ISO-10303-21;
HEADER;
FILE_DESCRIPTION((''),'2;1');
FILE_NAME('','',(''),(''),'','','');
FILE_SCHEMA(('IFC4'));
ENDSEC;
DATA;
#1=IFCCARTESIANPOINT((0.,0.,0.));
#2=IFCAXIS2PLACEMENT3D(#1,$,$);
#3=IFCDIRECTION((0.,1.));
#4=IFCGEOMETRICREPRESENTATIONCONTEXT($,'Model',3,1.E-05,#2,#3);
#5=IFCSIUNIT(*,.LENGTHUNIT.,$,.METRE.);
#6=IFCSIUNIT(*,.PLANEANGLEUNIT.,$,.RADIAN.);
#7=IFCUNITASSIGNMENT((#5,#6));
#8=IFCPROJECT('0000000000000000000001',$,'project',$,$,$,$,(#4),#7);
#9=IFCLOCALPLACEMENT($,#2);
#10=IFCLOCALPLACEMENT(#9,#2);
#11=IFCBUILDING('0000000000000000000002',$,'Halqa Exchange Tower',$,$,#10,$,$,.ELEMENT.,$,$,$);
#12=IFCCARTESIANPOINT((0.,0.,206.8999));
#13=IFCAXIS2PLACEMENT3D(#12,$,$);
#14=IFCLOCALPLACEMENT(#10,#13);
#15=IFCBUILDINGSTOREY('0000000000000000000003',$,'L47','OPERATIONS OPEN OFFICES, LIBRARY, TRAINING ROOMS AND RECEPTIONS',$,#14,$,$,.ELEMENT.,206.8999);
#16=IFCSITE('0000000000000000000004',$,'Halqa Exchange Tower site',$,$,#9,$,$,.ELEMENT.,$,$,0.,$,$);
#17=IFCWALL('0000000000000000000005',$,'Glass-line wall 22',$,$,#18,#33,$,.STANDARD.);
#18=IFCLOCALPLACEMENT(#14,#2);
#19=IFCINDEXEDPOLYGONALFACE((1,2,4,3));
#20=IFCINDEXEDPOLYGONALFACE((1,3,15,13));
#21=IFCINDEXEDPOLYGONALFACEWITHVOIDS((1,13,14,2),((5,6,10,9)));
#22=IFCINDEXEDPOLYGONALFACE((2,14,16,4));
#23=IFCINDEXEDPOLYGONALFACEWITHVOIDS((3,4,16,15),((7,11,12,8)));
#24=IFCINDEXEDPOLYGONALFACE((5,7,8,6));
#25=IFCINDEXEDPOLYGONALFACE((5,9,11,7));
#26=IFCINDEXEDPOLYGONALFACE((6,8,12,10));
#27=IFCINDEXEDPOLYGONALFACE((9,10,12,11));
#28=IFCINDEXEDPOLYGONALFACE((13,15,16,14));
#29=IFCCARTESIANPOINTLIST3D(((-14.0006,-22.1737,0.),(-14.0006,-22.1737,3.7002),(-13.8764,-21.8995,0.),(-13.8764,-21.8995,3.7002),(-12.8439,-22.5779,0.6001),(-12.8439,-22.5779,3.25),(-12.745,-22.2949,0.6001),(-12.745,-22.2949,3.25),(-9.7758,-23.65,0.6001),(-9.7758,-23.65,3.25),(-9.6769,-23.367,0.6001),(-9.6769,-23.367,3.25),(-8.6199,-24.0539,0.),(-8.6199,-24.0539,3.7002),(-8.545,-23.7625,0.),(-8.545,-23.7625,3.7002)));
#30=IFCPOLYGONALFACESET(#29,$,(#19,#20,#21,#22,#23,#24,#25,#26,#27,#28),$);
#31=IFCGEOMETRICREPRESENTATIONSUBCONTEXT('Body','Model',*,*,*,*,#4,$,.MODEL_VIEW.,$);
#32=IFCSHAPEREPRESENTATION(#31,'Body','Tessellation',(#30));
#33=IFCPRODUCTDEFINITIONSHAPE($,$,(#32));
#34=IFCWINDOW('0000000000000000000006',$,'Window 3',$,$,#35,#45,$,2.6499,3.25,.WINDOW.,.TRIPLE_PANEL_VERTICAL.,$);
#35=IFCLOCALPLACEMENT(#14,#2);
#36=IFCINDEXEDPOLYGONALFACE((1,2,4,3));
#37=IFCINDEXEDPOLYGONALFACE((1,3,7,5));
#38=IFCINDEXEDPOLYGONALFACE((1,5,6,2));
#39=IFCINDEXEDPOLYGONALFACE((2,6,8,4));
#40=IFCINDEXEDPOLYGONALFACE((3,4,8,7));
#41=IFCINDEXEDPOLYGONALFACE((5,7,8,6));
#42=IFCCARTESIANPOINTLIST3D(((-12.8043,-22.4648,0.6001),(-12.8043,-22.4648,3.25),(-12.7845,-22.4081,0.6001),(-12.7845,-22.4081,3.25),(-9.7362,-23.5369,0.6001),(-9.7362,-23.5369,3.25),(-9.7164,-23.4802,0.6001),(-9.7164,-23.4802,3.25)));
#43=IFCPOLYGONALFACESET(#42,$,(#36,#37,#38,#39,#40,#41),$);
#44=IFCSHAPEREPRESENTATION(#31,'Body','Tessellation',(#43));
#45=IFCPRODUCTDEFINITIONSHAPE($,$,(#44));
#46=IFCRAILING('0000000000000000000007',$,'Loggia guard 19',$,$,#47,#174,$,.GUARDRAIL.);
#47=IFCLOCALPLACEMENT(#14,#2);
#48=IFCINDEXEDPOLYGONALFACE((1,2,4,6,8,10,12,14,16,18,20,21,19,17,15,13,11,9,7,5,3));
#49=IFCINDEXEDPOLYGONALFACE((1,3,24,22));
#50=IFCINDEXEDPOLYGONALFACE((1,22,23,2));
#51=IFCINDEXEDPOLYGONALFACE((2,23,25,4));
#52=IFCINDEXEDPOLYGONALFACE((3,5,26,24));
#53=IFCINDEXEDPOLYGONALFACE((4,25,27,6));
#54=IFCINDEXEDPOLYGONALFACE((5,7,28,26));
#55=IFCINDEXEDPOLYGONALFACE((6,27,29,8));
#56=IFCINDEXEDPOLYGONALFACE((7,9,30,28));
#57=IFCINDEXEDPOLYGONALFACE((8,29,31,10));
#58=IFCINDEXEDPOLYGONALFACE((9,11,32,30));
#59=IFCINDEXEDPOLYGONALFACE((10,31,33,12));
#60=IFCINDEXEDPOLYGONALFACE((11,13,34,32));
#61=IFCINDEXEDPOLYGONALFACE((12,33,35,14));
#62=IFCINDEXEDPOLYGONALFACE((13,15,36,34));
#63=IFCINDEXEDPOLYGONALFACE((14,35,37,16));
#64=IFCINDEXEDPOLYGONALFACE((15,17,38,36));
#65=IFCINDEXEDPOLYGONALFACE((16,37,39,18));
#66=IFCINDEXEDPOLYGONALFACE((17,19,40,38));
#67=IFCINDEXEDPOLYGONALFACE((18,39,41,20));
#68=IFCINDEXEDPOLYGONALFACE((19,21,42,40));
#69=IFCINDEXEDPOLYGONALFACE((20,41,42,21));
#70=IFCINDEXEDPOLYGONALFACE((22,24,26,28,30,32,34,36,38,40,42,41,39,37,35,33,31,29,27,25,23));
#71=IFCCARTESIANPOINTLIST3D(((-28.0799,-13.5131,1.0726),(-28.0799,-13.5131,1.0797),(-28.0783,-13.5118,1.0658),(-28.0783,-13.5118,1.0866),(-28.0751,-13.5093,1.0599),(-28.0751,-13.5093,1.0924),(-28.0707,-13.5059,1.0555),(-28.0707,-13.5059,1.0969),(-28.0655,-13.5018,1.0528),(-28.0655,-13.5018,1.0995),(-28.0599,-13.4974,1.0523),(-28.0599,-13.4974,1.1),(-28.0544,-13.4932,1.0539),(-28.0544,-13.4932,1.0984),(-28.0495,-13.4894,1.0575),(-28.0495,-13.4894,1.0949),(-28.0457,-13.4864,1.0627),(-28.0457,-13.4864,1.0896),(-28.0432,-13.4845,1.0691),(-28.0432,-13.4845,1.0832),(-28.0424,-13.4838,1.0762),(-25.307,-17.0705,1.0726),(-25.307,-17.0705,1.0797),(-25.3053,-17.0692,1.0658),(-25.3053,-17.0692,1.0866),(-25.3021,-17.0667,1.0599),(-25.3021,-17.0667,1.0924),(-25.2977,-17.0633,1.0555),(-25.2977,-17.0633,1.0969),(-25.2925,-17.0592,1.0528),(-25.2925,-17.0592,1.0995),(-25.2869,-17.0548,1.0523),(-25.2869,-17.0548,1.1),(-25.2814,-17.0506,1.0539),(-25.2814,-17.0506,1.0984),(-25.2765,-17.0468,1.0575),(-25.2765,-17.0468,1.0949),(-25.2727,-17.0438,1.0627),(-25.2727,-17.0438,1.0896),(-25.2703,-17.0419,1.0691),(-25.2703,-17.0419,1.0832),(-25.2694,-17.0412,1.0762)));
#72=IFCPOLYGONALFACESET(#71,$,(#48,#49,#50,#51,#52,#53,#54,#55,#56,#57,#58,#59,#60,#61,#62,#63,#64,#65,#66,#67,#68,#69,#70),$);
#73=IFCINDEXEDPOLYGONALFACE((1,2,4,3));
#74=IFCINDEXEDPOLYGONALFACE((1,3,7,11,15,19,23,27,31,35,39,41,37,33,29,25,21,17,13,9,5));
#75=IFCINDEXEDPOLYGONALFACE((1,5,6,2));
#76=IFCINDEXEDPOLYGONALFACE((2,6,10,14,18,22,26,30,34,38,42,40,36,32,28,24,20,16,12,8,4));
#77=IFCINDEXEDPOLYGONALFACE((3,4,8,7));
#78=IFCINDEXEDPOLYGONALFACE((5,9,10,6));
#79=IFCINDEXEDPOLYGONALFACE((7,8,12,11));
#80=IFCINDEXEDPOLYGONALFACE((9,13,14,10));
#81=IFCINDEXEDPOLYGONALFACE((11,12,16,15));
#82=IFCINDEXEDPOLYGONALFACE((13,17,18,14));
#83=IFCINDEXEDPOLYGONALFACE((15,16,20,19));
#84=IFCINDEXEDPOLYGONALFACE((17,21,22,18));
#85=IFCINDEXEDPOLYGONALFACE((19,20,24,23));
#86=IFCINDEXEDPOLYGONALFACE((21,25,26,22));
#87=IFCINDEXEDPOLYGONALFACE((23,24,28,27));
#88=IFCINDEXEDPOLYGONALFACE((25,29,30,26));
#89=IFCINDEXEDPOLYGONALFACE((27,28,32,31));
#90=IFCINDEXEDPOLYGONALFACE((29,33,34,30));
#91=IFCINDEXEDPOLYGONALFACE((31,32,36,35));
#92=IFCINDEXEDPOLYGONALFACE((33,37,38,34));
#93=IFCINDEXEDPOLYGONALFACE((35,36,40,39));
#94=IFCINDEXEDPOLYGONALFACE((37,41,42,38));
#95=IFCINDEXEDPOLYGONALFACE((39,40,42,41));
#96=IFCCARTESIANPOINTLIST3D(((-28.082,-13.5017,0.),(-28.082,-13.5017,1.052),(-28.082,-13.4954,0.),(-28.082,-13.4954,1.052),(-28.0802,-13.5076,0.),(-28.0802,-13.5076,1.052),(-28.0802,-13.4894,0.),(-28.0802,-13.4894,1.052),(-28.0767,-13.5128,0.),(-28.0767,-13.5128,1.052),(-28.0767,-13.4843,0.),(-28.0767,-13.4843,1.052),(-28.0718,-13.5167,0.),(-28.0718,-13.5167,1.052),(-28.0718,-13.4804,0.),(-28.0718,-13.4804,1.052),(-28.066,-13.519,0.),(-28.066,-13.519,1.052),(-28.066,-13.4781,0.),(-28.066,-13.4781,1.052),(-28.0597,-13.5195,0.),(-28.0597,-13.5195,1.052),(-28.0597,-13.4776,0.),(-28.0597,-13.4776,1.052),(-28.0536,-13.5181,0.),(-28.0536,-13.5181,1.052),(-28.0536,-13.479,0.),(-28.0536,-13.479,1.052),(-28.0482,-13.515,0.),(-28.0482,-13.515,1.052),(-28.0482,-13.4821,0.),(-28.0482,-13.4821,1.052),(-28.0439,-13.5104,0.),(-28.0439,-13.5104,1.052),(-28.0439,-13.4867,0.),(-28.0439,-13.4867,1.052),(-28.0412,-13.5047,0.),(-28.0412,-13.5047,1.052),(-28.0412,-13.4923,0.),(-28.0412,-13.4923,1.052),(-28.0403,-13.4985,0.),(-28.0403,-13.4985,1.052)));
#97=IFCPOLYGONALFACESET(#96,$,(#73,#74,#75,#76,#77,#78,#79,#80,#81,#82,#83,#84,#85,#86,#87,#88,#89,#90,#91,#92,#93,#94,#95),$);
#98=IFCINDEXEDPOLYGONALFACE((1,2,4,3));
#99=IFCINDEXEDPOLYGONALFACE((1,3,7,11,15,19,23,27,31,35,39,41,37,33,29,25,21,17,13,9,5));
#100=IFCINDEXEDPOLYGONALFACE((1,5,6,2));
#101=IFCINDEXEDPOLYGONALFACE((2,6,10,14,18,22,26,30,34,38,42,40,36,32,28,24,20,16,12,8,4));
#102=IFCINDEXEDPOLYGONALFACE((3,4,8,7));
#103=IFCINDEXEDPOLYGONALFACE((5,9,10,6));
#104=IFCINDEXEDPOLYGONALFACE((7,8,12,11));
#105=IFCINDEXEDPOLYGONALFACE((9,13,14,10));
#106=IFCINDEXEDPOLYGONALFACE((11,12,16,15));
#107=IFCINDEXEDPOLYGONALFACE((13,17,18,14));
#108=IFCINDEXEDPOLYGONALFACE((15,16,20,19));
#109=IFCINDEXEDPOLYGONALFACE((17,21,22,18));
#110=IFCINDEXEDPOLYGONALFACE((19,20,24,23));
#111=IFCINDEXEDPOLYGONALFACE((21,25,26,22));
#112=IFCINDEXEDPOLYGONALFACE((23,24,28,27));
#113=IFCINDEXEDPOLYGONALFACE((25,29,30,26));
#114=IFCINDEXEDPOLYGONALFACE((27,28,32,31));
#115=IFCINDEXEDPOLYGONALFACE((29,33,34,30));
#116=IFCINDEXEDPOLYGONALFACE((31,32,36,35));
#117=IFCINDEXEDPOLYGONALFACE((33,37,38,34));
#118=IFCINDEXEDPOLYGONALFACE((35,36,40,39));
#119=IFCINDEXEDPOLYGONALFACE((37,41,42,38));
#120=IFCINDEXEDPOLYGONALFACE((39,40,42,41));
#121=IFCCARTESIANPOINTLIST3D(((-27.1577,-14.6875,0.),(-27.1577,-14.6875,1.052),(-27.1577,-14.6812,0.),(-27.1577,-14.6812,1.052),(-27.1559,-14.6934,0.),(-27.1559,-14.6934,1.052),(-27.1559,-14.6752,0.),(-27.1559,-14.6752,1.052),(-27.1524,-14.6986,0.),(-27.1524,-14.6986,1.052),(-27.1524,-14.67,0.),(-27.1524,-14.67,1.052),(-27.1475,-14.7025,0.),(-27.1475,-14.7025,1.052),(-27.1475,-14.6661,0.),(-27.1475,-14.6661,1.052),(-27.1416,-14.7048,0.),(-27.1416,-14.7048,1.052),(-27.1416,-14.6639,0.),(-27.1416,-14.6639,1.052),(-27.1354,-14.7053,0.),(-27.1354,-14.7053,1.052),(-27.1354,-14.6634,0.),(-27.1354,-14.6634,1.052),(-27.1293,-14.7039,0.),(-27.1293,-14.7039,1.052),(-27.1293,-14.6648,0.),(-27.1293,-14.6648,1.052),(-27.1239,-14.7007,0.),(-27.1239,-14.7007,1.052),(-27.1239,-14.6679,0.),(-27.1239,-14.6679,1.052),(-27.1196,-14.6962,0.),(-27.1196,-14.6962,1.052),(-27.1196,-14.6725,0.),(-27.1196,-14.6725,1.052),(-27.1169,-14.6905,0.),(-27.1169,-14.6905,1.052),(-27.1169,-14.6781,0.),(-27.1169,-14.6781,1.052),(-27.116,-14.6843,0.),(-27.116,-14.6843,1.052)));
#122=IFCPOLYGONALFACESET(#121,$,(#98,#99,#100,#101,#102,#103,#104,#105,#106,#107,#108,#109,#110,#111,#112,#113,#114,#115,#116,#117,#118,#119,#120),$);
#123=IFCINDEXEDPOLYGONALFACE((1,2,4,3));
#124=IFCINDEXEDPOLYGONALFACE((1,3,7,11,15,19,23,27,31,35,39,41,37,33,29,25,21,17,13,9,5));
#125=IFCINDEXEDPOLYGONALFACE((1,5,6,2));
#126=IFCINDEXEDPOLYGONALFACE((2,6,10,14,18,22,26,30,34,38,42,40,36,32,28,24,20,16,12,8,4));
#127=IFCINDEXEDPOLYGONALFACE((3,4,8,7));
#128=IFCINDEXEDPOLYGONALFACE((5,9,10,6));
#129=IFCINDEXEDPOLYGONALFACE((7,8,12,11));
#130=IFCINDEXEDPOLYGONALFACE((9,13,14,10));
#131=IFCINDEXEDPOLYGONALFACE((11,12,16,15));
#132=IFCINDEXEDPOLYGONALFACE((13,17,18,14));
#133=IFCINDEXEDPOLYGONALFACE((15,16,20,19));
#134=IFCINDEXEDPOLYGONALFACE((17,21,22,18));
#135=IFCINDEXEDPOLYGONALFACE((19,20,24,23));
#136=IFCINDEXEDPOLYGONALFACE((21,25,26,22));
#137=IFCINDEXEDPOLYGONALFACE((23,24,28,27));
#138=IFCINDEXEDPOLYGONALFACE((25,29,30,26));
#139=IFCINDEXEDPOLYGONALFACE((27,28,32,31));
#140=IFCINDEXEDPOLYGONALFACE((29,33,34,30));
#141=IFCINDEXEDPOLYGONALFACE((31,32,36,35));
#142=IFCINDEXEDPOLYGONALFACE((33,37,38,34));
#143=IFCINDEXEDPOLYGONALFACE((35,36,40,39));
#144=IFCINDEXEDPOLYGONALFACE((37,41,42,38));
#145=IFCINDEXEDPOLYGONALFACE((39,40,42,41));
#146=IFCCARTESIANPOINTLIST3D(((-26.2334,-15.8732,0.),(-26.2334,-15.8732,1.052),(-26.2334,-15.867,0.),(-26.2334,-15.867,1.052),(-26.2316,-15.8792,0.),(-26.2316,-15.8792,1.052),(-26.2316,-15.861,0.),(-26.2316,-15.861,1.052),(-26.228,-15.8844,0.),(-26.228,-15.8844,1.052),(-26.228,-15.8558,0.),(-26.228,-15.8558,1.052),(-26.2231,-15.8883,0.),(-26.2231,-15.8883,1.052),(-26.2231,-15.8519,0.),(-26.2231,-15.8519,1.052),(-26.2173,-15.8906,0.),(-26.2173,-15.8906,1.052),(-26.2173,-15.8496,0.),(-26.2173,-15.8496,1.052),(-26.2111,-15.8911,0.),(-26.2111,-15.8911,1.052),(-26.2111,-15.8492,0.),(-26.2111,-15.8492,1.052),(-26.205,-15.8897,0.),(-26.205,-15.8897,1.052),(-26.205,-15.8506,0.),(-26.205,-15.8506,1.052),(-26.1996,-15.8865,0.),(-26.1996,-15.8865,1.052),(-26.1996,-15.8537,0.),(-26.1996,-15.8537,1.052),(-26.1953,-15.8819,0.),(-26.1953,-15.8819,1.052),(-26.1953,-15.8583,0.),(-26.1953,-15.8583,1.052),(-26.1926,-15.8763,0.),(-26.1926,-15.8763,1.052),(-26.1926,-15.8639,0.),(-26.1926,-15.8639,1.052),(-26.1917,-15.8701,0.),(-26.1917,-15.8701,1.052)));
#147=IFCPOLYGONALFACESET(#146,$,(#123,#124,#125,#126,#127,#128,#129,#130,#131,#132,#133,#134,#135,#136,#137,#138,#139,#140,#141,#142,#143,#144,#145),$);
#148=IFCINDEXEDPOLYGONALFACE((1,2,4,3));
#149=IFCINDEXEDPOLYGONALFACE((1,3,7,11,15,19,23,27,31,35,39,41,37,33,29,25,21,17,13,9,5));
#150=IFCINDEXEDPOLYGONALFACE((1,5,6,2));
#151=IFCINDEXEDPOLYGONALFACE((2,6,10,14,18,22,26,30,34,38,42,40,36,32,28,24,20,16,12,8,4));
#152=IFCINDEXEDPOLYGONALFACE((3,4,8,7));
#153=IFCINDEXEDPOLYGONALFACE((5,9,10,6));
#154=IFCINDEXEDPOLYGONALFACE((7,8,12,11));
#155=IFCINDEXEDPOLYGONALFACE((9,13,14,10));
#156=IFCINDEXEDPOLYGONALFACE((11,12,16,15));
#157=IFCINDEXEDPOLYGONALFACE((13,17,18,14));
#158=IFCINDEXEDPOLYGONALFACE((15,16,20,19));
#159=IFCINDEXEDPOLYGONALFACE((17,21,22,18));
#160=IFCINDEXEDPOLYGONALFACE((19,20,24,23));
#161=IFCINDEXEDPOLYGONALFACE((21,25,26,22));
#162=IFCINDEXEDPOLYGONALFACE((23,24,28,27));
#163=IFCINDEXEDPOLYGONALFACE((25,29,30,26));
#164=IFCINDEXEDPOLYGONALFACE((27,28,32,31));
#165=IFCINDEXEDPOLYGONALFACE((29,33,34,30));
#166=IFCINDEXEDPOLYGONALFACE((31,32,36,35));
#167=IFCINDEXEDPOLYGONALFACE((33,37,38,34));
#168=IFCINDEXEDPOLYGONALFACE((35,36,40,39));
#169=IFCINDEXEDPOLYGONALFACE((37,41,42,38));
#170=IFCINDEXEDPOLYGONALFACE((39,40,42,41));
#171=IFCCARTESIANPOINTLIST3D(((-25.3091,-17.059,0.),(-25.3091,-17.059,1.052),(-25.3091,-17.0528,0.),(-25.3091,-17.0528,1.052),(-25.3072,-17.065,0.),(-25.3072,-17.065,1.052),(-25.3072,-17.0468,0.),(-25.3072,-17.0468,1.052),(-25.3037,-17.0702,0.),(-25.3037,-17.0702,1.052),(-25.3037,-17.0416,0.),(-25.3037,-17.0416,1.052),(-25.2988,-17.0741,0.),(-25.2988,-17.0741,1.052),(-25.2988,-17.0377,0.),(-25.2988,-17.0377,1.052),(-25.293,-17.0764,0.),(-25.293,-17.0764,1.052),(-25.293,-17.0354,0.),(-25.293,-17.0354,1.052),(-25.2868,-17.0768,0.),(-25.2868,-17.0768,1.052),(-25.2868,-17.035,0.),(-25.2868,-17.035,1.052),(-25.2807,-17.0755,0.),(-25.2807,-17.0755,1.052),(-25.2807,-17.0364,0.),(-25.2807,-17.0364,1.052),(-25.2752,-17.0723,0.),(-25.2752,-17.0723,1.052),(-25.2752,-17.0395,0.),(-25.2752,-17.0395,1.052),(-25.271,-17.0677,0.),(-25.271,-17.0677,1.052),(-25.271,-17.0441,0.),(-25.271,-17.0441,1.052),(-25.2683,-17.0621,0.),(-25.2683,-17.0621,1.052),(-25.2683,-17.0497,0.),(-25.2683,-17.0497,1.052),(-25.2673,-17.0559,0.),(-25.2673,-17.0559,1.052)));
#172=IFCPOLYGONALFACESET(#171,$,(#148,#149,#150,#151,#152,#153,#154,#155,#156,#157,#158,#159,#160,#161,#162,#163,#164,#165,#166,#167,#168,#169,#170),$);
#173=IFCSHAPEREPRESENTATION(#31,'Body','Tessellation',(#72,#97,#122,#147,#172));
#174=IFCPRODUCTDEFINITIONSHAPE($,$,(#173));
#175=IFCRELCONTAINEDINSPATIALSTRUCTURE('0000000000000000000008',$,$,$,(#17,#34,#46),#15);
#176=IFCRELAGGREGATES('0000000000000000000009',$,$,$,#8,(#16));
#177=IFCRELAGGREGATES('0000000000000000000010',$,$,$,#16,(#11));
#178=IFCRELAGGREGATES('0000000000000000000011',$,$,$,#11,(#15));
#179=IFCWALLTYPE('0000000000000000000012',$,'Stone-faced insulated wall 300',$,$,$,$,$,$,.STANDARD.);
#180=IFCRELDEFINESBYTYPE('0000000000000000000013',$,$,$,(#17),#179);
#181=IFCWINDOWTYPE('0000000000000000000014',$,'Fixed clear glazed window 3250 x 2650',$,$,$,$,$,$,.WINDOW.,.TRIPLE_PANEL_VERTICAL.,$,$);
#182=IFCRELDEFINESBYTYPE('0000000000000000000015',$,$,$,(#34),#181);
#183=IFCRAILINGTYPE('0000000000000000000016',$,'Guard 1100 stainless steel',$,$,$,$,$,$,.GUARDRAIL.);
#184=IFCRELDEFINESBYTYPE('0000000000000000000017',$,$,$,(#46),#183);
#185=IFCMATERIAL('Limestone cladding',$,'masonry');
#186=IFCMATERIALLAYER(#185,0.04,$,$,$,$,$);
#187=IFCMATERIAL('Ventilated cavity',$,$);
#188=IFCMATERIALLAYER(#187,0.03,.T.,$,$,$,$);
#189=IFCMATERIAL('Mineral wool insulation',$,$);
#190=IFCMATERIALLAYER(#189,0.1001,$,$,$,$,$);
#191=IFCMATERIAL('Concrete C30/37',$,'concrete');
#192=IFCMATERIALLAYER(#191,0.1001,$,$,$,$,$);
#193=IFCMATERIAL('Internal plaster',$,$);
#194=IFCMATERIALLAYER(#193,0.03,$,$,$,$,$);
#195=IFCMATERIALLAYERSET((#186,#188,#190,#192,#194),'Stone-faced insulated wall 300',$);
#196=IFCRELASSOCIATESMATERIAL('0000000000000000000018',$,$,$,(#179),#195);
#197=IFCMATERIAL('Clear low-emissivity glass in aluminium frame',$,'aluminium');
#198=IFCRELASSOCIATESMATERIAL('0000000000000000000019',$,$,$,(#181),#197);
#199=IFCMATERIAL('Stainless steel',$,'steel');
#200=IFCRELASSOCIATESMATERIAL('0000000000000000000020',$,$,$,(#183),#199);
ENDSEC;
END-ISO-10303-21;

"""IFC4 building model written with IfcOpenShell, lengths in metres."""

from ifc_helpers import new_model, si_unit, direction, frame, frame_2d, origin, origin_2d, place, context, subcontext, project, spatial, polyline, rectangle, circle, outline, extrude, material, layer, layer_set, type_object, element, fill, save


model = new_model("IFC4")

# Units and contexts
model_context = context("Model", 3, precision=1e-05, world=origin(), true_north=direction((0.0, 1.0)))
body_context = subcontext(model_context, "Body", "Model", "MODEL_VIEW")
ifc_project = project(units=[si_unit("LENGTHUNIT", "METRE"), si_unit("PLANEANGLEUNIT", "RADIAN")], contexts=[model_context])

# Site, building, storey
site_placement = place(None, origin())
site = spatial("IfcSite", under=ifc_project, at=site_placement, Name="Halqa Exchange Tower site", CompositionType="ELEMENT", RefElevation=0.0)
building_placement = place(site_placement, origin())
building = spatial("IfcBuilding", under=site, at=building_placement, Name="Halqa Exchange Tower", CompositionType="ELEMENT")
storey_placement = place(building_placement, frame((0.0, 0.0, 206.8999)))
storey = spatial("IfcBuildingStorey", under=building, at=storey_placement, Name="L47", Description="OPERATIONS OPEN OFFICES, LIBRARY, TRAINING ROOMS AND RECEPTIONS", CompositionType="ELEMENT", Elevation=206.8999)

# Shared definitions
ifc_material_1 = material(Name="Limestone cladding", Category="masonry")
ifc_layer_1 = layer(ifc_material_1, 0.04)
ifc_material_2 = material(Name="Ventilated cavity")
ifc_layer_2 = layer(ifc_material_2, 0.03, ventilated=True)
ifc_material_3 = material(Name="Mineral wool insulation")
ifc_layer_3 = layer(ifc_material_3, 0.1001)
ifc_material_4 = material(Name="Concrete C30/37", Category="concrete")
ifc_layer_4 = layer(ifc_material_4, 0.1001)
ifc_material_5 = material(Name="Internal plaster")
ifc_layer_5 = layer(ifc_material_5, 0.03)
ifc_layer_set_1 = layer_set([ifc_layer_1, ifc_layer_2, ifc_layer_3, ifc_layer_4, ifc_layer_5], Name="Stone-faced insulated wall 300")
wall_type_1 = type_object("IfcWallType", Name="Stone-faced insulated wall 300", PredefinedType="STANDARD", material=ifc_layer_set_1)
ifc_material_6 = material(Name="Clear low-emissivity glass in aluminium frame", Category="aluminium")

# Wall, opening, window
window_type = type_object("IfcWindowType", Name="Fixed clear glazed window 3250 x 2650", PartitioningType="TRIPLE_PANEL_VERTICAL", PredefinedType="WINDOW", material=ifc_material_6)
wall_1_placement = place(storey_placement, frame((-13.9385, -22.0366, 0.0), z_axis=(0.0, 0.0, 1.0), x_axis=(0.944023, -0.329879, 0.0)))
wall_1 = element("IfcWall", 1, at=wall_1_placement, inside=storey, type_object=wall_type_1, Name="Glass-line wall 22", PredefinedType="STANDARD", context=body_context, shape_type="SweptSolid", body=[
    extrude(outline(polyline([(-0.0134, -0.1499), (5.6863, -0.1499), (5.6609, 0.1499), (0.0134, 0.1499), (-0.0134, -0.1499)])), origin(), (0.0, 0.0, 1.0), 3.7002),
])
opening_1_placement = place(wall_1_placement, frame((1.2119, 0.0, 0.6001)))
opening_1 = element("IfcOpeningElement", 2, at=opening_1_placement, cuts=wall_1, PredefinedType="OPENING", context=body_context, shape_type="SweptSolid", body=[
    extrude(rectangle(XDim=3.25, YDim=2.6499, at=frame_2d((1.625, 1.325))), frame((0.0, 0.1621, 0.0), z_axis=(0.0, -1.0, 0.0), x_axis=(1.0, 0.0, 0.0)), (0.0, 0.0, 1.0), 0.324),
])
window_1_placement = place(opening_1_placement, origin())
window_1 = element("IfcWindow", 3, at=window_1_placement, inside=storey, type_object=window_type, Name="Window 3", OverallHeight=2.6499, OverallWidth=3.25, PartitioningType="TRIPLE_PANEL_VERTICAL", PredefinedType="WINDOW", context=body_context, shape_type="SweptSolid", body=[
    extrude(rectangle(XDim=3.25, YDim=2.6499, at=frame_2d((1.625, 1.325))), frame((0.0, 0.03, 0.0), z_axis=(0.0, -1.0, 0.0), x_axis=(1.0, 0.0, 0.0)), (0.0, 0.0, 1.0), 0.0601),
])
fill(opening_1, window_1)

# Railing
ifc_material_7 = material(Name="Stainless steel", Category="steel")
railing_type = type_object("IfcRailingType", Name="Guard 1100 stainless steel", PredefinedType="GUARDRAIL", material=ifc_material_7)
railing_1_placement = place(storey_placement, frame((-28.0613, -13.4985, 0.0)))
element("IfcRailing", 4, at=railing_1_placement, inside=storey, type_object=railing_type, Name="Loggia guard 19", PredefinedType="GUARDRAIL", context=body_context, shape_type="SweptSolid", body=[
    extrude(circle(Radius=0.0239, at=origin_2d()), frame((0.0, 0.0, 1.0762), z_axis=(0.614783, -0.788696, 0.0), x_axis=(0.788696, 0.614783, 0.0)), (0.0, 0.0, 1.0), 4.5105),
    extrude(circle(Radius=0.021, at=origin_2d()), origin(), (0.0, 0.0, 1.0), 1.052),
    extrude(circle(Radius=0.021, at=origin_2d()), frame((0.9243, -1.1858, 0.0)), (0.0, 0.0, 1.0), 1.052),
    extrude(circle(Radius=0.021, at=origin_2d()), frame((1.8486, -2.3716, 0.0)), (0.0, 0.0, 1.0), 1.052),
    extrude(circle(Radius=0.021, at=origin_2d()), frame((2.7729, -3.5574, 0.0)), (0.0, 0.0, 1.0), 1.052),
])

save(model, "model.ifc")
